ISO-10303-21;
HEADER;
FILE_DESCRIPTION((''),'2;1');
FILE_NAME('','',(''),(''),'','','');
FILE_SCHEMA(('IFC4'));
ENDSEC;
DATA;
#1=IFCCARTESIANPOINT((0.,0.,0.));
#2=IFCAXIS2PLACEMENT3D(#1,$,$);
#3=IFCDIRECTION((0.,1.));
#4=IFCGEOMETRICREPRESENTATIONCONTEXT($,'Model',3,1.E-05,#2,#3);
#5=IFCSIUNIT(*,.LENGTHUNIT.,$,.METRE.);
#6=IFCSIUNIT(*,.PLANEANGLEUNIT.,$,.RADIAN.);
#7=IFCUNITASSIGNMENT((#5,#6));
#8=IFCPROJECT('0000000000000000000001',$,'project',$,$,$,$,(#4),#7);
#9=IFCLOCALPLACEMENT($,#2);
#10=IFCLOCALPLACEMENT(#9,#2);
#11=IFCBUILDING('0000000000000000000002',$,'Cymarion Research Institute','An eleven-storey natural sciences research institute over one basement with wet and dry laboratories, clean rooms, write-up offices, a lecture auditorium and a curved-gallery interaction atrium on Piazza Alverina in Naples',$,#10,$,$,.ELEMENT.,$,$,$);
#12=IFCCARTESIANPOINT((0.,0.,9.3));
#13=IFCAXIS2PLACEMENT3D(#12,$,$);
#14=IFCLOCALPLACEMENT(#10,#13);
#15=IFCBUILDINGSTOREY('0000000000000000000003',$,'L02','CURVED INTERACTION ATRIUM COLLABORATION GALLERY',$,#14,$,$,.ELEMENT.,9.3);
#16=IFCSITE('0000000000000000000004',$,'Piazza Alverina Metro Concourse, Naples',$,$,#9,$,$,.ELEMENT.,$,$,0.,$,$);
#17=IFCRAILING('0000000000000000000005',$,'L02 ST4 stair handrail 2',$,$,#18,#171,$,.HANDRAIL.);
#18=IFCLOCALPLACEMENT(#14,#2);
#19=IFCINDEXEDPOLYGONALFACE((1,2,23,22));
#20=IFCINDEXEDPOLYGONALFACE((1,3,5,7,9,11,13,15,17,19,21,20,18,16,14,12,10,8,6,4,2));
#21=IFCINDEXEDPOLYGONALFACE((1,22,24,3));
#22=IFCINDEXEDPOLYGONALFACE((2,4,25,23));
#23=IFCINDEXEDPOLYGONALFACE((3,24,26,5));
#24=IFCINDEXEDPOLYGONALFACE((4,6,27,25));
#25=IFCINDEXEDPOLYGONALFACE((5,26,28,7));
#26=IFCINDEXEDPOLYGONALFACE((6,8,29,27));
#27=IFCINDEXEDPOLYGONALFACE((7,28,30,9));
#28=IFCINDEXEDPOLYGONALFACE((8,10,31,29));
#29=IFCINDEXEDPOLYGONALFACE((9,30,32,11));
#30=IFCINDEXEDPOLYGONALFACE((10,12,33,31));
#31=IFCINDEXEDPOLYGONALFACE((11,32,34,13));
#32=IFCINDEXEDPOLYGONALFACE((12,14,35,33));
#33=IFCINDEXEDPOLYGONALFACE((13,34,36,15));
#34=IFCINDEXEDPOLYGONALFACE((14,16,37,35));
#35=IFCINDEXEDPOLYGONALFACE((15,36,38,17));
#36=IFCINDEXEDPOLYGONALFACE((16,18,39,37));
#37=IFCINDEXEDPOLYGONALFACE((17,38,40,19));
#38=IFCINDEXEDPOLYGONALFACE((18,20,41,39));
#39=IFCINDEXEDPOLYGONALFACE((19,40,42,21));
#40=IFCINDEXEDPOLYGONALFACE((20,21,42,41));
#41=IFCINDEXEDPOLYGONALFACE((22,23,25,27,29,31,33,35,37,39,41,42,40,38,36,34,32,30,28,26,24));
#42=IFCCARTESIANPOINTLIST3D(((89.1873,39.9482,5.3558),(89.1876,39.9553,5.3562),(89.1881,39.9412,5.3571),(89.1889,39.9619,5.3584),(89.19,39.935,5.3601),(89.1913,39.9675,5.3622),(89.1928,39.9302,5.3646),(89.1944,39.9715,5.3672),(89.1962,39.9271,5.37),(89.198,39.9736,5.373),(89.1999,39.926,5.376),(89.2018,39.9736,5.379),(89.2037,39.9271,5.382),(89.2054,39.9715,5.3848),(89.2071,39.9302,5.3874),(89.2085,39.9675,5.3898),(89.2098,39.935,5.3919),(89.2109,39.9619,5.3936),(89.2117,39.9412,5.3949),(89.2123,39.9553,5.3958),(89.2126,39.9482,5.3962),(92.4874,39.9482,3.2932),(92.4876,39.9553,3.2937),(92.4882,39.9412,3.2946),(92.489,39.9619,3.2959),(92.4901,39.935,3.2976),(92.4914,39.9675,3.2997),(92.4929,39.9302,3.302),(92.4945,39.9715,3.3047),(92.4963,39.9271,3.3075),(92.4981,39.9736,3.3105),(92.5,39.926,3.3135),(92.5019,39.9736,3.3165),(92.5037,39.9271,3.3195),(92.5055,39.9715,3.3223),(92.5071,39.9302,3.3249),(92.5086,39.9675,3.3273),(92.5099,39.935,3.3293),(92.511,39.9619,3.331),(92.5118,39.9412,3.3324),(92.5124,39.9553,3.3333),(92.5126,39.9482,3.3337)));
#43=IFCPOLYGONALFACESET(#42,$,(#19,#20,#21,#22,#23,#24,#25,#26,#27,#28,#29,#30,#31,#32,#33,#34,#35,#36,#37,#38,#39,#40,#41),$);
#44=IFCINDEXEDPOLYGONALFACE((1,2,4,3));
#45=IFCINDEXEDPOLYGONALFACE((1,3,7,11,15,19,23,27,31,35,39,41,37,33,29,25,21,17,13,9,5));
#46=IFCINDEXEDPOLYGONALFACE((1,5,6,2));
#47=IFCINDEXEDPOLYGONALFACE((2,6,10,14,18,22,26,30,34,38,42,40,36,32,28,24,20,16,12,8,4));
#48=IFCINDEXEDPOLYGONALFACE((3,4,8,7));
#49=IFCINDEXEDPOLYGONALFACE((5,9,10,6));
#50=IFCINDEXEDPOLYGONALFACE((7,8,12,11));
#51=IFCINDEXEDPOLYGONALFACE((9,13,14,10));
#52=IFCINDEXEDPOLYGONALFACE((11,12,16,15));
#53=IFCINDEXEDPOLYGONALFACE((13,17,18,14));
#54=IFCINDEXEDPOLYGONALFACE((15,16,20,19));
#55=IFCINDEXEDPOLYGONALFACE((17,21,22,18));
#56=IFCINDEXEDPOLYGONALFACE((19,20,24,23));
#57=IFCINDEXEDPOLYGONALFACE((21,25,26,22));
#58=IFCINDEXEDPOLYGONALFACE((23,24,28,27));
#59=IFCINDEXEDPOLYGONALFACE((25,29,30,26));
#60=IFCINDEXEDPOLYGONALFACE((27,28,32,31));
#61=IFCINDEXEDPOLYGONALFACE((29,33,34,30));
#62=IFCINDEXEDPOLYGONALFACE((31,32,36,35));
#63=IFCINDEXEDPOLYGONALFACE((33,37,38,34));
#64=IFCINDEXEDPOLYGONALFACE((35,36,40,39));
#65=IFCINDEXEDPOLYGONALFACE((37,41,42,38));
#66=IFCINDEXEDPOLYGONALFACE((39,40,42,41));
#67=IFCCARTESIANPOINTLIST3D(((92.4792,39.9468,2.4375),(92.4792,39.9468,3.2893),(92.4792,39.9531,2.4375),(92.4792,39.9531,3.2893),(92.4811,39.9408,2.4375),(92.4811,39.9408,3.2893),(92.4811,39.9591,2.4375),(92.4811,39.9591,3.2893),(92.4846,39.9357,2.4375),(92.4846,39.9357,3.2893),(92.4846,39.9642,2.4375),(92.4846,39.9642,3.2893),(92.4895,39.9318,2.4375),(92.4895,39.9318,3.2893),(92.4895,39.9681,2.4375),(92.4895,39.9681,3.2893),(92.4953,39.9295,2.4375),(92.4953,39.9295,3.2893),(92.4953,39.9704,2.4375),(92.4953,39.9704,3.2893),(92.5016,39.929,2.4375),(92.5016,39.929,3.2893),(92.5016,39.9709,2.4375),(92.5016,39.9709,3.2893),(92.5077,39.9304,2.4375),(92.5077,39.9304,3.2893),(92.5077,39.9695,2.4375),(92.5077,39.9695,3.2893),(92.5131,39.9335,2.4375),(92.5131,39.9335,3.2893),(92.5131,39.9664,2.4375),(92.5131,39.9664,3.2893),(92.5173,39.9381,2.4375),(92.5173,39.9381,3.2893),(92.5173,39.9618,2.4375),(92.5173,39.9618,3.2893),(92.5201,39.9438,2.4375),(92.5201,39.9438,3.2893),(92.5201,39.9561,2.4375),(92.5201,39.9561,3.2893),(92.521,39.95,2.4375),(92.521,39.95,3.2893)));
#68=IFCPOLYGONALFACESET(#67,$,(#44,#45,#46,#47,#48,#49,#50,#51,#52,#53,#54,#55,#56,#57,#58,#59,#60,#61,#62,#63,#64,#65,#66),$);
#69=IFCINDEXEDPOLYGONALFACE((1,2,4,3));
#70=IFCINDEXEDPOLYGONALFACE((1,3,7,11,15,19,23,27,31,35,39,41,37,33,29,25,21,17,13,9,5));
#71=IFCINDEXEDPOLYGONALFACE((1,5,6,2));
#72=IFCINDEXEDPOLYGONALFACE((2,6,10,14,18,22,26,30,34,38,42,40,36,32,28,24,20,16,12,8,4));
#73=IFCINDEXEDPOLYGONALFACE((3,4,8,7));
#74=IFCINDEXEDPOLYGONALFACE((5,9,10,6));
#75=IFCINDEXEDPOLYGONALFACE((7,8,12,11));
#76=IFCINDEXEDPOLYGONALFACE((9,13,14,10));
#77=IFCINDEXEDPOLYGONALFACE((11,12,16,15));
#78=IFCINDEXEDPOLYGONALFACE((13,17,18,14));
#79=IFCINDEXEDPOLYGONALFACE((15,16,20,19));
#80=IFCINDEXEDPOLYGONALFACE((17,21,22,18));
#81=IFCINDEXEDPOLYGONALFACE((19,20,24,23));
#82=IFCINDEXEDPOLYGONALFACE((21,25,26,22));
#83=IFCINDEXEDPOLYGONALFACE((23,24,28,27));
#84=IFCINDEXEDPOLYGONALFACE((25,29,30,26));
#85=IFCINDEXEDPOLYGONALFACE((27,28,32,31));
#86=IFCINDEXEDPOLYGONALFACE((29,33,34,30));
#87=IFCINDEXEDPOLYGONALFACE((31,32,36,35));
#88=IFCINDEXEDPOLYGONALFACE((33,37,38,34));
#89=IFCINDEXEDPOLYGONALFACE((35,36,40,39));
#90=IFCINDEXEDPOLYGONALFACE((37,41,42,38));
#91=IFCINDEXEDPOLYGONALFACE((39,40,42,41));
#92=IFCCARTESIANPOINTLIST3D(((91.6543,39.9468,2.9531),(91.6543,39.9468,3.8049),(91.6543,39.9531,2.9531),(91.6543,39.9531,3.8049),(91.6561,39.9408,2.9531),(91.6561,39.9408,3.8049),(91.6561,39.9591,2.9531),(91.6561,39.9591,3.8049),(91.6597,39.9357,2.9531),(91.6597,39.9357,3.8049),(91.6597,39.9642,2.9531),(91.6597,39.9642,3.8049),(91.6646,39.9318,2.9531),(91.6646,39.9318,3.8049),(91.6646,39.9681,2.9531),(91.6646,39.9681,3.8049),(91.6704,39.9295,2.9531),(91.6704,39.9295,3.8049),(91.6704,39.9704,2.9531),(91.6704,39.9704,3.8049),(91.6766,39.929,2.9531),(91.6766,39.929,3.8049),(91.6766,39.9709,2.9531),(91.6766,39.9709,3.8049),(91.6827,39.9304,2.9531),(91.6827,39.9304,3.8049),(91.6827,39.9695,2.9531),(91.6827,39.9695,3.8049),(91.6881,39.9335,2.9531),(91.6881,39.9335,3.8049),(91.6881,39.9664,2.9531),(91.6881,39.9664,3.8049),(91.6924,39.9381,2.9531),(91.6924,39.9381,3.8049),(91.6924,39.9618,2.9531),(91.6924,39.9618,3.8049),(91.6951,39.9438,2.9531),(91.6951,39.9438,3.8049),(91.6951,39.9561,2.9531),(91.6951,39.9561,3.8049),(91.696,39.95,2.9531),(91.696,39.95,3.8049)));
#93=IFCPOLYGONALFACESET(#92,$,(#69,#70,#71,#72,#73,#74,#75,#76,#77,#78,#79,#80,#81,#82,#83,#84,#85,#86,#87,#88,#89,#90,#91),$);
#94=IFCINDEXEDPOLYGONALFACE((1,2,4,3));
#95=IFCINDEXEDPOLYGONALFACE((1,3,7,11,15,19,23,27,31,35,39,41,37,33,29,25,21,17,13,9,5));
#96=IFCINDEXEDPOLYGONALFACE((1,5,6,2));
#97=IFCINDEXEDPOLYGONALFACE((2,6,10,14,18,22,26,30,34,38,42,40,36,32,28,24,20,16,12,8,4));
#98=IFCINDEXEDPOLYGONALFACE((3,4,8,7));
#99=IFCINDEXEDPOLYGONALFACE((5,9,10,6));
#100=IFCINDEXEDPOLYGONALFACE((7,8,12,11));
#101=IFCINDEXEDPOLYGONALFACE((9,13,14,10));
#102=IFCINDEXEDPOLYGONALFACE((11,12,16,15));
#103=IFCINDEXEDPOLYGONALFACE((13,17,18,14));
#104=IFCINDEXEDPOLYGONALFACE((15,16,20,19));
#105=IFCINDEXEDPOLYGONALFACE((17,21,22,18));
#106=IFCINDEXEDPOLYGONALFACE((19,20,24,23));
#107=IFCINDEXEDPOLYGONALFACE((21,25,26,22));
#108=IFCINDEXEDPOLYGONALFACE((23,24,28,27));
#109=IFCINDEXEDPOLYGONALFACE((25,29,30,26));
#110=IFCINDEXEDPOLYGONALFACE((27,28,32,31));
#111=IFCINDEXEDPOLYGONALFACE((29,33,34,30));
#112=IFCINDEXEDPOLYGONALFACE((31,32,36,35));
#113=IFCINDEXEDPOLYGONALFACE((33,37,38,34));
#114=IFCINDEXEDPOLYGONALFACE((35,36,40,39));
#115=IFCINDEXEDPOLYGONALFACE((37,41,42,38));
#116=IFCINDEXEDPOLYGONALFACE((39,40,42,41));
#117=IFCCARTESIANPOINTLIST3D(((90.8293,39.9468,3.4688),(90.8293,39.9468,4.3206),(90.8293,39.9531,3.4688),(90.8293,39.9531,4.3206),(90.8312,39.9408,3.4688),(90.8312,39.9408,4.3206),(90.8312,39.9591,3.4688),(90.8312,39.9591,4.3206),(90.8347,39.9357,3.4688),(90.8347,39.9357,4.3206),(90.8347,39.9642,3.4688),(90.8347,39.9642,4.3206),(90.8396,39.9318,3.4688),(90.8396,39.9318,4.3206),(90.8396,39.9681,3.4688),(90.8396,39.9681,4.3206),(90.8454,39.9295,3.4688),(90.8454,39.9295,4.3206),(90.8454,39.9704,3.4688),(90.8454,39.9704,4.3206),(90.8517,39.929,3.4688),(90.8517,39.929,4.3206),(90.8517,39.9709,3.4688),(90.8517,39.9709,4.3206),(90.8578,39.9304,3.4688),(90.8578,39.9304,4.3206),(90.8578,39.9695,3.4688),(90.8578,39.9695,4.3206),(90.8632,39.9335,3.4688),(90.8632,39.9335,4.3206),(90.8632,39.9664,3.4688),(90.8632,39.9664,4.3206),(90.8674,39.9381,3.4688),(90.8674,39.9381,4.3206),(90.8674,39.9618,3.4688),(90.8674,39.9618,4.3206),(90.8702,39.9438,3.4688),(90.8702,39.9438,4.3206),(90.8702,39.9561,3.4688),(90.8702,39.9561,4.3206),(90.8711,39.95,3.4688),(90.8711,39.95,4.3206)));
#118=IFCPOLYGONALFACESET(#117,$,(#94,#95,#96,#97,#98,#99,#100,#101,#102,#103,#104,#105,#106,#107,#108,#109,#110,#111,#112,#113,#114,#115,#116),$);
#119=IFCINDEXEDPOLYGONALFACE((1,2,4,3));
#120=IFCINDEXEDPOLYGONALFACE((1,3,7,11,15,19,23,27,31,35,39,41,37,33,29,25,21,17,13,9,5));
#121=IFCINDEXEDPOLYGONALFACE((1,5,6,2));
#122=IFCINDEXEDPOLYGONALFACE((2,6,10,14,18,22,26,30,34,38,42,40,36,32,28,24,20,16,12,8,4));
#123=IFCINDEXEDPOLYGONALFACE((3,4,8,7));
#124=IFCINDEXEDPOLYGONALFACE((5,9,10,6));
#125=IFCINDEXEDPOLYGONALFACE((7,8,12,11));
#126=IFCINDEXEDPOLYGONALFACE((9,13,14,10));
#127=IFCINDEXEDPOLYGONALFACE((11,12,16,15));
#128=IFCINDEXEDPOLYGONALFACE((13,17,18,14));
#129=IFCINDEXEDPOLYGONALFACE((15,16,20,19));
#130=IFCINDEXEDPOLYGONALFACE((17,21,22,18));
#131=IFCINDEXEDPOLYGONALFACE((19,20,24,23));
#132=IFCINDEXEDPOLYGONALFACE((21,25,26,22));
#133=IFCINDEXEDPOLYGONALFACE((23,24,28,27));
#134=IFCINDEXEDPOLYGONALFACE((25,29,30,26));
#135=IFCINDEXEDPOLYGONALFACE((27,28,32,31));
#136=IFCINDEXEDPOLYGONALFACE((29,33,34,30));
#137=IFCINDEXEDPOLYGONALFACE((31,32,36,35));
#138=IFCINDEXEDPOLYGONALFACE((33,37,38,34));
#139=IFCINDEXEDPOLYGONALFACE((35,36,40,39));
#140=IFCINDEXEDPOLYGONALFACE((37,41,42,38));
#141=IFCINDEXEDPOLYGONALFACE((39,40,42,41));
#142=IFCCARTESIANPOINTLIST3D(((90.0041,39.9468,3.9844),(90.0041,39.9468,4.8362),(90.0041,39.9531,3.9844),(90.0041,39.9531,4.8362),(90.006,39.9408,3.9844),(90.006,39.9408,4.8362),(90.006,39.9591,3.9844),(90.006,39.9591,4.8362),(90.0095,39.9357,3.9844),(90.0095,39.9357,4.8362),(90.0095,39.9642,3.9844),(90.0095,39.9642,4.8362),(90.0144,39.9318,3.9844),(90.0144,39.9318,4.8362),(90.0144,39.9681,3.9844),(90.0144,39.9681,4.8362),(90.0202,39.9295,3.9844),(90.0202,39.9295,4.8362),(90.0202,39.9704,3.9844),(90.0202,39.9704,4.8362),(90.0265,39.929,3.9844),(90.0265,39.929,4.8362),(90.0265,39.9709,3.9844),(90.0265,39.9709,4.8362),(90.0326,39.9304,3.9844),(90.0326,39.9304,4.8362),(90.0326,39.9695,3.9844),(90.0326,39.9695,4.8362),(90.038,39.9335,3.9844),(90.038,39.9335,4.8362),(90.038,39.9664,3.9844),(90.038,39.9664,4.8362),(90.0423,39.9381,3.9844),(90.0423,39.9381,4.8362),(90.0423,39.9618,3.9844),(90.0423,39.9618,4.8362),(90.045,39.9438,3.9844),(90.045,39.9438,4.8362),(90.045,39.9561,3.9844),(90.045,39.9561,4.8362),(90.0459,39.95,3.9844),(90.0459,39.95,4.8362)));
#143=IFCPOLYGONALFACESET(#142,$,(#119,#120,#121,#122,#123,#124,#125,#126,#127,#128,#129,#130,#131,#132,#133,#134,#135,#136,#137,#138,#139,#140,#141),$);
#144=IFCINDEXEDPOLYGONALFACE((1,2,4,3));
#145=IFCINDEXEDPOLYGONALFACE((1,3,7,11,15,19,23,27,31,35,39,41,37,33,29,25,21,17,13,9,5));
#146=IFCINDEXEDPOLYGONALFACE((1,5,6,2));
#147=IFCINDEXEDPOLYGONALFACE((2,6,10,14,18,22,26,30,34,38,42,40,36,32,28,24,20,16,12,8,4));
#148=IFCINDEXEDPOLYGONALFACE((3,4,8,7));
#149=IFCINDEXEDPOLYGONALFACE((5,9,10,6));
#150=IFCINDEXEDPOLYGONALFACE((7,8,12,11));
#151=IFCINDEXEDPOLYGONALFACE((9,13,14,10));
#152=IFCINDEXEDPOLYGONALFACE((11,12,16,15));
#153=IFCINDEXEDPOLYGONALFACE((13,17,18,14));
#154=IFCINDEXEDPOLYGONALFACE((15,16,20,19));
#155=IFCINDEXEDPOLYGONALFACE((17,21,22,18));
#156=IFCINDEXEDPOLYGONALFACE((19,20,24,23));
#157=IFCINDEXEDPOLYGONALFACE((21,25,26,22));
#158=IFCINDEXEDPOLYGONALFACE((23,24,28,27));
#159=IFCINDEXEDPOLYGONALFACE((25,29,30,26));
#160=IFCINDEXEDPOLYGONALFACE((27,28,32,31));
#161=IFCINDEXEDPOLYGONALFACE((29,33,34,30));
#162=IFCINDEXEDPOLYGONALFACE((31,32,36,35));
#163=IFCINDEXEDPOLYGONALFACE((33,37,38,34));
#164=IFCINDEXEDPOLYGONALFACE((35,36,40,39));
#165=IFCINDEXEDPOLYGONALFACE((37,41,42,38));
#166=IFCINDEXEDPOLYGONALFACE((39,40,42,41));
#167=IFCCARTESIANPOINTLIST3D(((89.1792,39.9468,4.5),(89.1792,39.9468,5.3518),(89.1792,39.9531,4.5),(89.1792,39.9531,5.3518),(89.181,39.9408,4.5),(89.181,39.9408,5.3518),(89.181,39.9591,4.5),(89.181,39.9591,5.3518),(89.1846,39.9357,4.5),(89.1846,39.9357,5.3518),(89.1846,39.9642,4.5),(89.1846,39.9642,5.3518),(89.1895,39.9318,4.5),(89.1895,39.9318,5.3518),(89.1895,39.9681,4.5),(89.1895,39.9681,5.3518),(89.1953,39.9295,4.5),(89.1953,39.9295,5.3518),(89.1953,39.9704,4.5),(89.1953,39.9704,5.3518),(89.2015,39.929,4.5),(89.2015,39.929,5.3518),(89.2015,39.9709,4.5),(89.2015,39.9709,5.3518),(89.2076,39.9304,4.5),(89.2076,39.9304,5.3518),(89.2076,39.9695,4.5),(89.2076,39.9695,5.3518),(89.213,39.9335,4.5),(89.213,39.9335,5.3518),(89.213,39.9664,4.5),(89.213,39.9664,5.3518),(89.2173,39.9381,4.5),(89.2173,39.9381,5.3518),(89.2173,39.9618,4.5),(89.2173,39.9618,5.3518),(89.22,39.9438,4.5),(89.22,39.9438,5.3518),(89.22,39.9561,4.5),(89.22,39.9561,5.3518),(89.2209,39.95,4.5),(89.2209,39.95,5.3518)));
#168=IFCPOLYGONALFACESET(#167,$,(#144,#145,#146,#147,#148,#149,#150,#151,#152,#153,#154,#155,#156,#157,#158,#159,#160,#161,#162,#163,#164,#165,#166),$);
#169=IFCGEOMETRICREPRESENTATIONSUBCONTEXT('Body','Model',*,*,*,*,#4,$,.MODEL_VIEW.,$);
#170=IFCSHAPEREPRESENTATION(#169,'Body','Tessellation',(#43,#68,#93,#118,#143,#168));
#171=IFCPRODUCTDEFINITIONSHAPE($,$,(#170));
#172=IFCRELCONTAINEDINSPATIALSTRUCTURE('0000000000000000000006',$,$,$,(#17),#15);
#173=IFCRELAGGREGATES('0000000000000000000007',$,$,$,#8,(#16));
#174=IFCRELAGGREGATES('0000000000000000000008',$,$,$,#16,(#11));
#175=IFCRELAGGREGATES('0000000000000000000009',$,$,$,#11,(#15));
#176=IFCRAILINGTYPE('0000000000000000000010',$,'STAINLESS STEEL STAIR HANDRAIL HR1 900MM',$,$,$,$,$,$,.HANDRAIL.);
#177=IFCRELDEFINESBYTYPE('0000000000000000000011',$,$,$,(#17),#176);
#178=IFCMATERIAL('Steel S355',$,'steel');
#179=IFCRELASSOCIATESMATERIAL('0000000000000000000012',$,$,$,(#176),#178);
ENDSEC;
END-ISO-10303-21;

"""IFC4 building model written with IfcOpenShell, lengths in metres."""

from ifc_helpers import new_model, si_unit, direction, frame, origin, origin_2d, place, context, subcontext, project, spatial, circle, extrude, material, type_object, element, save


model = new_model("IFC4")

# Units and contexts
model_context = context("Model", 3, precision=1e-05, world=origin(), true_north=direction((0.0, 1.0)))
body_context = subcontext(model_context, "Body", "Model", "MODEL_VIEW")
ifc_project = project(units=[si_unit("LENGTHUNIT", "METRE"), si_unit("PLANEANGLEUNIT", "RADIAN")], contexts=[model_context])

# Site, building, storey
site_placement = place(None, origin())
site = spatial("IfcSite", under=ifc_project, at=site_placement, Name="Piazza Alverina Metro Concourse, Naples", CompositionType="ELEMENT", RefElevation=0.0)
building_placement = place(site_placement, origin())
building = spatial("IfcBuilding", under=site, at=building_placement, Name="Cymarion Research Institute", Description="An eleven-storey natural sciences research institute over one basement with wet and dry laboratories, clean rooms, write-up offices, a lecture auditorium and a curved-gallery interaction atrium on Piazza Alverina in Naples", CompositionType="ELEMENT")
storey_placement = place(building_placement, frame((0.0, 0.0, 9.3)))
storey = spatial("IfcBuildingStorey", under=building, at=storey_placement, Name="L02", Description="CURVED INTERACTION ATRIUM COLLABORATION GALLERY", CompositionType="ELEMENT", Elevation=9.3)

# Railing
ifc_material_1 = material(Name="Steel S355", Category="steel")
railing_type_1 = type_object("IfcRailingType", Name="STAINLESS STEEL STAIR HANDRAIL HR1 900MM", PredefinedType="HANDRAIL", material=ifc_material_1)
railing_1_placement = place(storey_placement, frame((92.5, 39.95, 2.4375)))
element("IfcRailing", 1, at=railing_1_placement, inside=storey, type_object=railing_type_1, Name="L02 ST4 stair handrail 2", PredefinedType="HANDRAIL", context=body_context, shape_type="SweptSolid", body=[
    extrude(circle(Radius=0.0239, at=origin_2d()), frame((0.0, 0.0, 0.876), z_axis=(-0.848002, 0.0, 0.529993), x_axis=(0.0, -1.0, 0.0)), (0.0, 0.0, 1.0), 3.8916),
    extrude(circle(Radius=0.021, at=origin_2d()), origin(), (0.0, 0.0, 1.0), 0.8518),
    extrude(circle(Radius=0.021, at=origin_2d()), frame((-0.825, 0.0, 0.5156)), (0.0, 0.0, 1.0), 0.8518),
    extrude(circle(Radius=0.021, at=origin_2d()), frame((-1.6499, 0.0, 1.0312)), (0.0, 0.0, 1.0), 0.8518),
    extrude(circle(Radius=0.021, at=origin_2d()), frame((-2.4751, 0.0, 1.5469)), (0.0, 0.0, 1.0), 0.8518),
    extrude(circle(Radius=0.021, at=origin_2d()), frame((-3.3, 0.0, 2.0625)), (0.0, 0.0, 1.0), 0.8518),
])

save(model, "model.ifc")
